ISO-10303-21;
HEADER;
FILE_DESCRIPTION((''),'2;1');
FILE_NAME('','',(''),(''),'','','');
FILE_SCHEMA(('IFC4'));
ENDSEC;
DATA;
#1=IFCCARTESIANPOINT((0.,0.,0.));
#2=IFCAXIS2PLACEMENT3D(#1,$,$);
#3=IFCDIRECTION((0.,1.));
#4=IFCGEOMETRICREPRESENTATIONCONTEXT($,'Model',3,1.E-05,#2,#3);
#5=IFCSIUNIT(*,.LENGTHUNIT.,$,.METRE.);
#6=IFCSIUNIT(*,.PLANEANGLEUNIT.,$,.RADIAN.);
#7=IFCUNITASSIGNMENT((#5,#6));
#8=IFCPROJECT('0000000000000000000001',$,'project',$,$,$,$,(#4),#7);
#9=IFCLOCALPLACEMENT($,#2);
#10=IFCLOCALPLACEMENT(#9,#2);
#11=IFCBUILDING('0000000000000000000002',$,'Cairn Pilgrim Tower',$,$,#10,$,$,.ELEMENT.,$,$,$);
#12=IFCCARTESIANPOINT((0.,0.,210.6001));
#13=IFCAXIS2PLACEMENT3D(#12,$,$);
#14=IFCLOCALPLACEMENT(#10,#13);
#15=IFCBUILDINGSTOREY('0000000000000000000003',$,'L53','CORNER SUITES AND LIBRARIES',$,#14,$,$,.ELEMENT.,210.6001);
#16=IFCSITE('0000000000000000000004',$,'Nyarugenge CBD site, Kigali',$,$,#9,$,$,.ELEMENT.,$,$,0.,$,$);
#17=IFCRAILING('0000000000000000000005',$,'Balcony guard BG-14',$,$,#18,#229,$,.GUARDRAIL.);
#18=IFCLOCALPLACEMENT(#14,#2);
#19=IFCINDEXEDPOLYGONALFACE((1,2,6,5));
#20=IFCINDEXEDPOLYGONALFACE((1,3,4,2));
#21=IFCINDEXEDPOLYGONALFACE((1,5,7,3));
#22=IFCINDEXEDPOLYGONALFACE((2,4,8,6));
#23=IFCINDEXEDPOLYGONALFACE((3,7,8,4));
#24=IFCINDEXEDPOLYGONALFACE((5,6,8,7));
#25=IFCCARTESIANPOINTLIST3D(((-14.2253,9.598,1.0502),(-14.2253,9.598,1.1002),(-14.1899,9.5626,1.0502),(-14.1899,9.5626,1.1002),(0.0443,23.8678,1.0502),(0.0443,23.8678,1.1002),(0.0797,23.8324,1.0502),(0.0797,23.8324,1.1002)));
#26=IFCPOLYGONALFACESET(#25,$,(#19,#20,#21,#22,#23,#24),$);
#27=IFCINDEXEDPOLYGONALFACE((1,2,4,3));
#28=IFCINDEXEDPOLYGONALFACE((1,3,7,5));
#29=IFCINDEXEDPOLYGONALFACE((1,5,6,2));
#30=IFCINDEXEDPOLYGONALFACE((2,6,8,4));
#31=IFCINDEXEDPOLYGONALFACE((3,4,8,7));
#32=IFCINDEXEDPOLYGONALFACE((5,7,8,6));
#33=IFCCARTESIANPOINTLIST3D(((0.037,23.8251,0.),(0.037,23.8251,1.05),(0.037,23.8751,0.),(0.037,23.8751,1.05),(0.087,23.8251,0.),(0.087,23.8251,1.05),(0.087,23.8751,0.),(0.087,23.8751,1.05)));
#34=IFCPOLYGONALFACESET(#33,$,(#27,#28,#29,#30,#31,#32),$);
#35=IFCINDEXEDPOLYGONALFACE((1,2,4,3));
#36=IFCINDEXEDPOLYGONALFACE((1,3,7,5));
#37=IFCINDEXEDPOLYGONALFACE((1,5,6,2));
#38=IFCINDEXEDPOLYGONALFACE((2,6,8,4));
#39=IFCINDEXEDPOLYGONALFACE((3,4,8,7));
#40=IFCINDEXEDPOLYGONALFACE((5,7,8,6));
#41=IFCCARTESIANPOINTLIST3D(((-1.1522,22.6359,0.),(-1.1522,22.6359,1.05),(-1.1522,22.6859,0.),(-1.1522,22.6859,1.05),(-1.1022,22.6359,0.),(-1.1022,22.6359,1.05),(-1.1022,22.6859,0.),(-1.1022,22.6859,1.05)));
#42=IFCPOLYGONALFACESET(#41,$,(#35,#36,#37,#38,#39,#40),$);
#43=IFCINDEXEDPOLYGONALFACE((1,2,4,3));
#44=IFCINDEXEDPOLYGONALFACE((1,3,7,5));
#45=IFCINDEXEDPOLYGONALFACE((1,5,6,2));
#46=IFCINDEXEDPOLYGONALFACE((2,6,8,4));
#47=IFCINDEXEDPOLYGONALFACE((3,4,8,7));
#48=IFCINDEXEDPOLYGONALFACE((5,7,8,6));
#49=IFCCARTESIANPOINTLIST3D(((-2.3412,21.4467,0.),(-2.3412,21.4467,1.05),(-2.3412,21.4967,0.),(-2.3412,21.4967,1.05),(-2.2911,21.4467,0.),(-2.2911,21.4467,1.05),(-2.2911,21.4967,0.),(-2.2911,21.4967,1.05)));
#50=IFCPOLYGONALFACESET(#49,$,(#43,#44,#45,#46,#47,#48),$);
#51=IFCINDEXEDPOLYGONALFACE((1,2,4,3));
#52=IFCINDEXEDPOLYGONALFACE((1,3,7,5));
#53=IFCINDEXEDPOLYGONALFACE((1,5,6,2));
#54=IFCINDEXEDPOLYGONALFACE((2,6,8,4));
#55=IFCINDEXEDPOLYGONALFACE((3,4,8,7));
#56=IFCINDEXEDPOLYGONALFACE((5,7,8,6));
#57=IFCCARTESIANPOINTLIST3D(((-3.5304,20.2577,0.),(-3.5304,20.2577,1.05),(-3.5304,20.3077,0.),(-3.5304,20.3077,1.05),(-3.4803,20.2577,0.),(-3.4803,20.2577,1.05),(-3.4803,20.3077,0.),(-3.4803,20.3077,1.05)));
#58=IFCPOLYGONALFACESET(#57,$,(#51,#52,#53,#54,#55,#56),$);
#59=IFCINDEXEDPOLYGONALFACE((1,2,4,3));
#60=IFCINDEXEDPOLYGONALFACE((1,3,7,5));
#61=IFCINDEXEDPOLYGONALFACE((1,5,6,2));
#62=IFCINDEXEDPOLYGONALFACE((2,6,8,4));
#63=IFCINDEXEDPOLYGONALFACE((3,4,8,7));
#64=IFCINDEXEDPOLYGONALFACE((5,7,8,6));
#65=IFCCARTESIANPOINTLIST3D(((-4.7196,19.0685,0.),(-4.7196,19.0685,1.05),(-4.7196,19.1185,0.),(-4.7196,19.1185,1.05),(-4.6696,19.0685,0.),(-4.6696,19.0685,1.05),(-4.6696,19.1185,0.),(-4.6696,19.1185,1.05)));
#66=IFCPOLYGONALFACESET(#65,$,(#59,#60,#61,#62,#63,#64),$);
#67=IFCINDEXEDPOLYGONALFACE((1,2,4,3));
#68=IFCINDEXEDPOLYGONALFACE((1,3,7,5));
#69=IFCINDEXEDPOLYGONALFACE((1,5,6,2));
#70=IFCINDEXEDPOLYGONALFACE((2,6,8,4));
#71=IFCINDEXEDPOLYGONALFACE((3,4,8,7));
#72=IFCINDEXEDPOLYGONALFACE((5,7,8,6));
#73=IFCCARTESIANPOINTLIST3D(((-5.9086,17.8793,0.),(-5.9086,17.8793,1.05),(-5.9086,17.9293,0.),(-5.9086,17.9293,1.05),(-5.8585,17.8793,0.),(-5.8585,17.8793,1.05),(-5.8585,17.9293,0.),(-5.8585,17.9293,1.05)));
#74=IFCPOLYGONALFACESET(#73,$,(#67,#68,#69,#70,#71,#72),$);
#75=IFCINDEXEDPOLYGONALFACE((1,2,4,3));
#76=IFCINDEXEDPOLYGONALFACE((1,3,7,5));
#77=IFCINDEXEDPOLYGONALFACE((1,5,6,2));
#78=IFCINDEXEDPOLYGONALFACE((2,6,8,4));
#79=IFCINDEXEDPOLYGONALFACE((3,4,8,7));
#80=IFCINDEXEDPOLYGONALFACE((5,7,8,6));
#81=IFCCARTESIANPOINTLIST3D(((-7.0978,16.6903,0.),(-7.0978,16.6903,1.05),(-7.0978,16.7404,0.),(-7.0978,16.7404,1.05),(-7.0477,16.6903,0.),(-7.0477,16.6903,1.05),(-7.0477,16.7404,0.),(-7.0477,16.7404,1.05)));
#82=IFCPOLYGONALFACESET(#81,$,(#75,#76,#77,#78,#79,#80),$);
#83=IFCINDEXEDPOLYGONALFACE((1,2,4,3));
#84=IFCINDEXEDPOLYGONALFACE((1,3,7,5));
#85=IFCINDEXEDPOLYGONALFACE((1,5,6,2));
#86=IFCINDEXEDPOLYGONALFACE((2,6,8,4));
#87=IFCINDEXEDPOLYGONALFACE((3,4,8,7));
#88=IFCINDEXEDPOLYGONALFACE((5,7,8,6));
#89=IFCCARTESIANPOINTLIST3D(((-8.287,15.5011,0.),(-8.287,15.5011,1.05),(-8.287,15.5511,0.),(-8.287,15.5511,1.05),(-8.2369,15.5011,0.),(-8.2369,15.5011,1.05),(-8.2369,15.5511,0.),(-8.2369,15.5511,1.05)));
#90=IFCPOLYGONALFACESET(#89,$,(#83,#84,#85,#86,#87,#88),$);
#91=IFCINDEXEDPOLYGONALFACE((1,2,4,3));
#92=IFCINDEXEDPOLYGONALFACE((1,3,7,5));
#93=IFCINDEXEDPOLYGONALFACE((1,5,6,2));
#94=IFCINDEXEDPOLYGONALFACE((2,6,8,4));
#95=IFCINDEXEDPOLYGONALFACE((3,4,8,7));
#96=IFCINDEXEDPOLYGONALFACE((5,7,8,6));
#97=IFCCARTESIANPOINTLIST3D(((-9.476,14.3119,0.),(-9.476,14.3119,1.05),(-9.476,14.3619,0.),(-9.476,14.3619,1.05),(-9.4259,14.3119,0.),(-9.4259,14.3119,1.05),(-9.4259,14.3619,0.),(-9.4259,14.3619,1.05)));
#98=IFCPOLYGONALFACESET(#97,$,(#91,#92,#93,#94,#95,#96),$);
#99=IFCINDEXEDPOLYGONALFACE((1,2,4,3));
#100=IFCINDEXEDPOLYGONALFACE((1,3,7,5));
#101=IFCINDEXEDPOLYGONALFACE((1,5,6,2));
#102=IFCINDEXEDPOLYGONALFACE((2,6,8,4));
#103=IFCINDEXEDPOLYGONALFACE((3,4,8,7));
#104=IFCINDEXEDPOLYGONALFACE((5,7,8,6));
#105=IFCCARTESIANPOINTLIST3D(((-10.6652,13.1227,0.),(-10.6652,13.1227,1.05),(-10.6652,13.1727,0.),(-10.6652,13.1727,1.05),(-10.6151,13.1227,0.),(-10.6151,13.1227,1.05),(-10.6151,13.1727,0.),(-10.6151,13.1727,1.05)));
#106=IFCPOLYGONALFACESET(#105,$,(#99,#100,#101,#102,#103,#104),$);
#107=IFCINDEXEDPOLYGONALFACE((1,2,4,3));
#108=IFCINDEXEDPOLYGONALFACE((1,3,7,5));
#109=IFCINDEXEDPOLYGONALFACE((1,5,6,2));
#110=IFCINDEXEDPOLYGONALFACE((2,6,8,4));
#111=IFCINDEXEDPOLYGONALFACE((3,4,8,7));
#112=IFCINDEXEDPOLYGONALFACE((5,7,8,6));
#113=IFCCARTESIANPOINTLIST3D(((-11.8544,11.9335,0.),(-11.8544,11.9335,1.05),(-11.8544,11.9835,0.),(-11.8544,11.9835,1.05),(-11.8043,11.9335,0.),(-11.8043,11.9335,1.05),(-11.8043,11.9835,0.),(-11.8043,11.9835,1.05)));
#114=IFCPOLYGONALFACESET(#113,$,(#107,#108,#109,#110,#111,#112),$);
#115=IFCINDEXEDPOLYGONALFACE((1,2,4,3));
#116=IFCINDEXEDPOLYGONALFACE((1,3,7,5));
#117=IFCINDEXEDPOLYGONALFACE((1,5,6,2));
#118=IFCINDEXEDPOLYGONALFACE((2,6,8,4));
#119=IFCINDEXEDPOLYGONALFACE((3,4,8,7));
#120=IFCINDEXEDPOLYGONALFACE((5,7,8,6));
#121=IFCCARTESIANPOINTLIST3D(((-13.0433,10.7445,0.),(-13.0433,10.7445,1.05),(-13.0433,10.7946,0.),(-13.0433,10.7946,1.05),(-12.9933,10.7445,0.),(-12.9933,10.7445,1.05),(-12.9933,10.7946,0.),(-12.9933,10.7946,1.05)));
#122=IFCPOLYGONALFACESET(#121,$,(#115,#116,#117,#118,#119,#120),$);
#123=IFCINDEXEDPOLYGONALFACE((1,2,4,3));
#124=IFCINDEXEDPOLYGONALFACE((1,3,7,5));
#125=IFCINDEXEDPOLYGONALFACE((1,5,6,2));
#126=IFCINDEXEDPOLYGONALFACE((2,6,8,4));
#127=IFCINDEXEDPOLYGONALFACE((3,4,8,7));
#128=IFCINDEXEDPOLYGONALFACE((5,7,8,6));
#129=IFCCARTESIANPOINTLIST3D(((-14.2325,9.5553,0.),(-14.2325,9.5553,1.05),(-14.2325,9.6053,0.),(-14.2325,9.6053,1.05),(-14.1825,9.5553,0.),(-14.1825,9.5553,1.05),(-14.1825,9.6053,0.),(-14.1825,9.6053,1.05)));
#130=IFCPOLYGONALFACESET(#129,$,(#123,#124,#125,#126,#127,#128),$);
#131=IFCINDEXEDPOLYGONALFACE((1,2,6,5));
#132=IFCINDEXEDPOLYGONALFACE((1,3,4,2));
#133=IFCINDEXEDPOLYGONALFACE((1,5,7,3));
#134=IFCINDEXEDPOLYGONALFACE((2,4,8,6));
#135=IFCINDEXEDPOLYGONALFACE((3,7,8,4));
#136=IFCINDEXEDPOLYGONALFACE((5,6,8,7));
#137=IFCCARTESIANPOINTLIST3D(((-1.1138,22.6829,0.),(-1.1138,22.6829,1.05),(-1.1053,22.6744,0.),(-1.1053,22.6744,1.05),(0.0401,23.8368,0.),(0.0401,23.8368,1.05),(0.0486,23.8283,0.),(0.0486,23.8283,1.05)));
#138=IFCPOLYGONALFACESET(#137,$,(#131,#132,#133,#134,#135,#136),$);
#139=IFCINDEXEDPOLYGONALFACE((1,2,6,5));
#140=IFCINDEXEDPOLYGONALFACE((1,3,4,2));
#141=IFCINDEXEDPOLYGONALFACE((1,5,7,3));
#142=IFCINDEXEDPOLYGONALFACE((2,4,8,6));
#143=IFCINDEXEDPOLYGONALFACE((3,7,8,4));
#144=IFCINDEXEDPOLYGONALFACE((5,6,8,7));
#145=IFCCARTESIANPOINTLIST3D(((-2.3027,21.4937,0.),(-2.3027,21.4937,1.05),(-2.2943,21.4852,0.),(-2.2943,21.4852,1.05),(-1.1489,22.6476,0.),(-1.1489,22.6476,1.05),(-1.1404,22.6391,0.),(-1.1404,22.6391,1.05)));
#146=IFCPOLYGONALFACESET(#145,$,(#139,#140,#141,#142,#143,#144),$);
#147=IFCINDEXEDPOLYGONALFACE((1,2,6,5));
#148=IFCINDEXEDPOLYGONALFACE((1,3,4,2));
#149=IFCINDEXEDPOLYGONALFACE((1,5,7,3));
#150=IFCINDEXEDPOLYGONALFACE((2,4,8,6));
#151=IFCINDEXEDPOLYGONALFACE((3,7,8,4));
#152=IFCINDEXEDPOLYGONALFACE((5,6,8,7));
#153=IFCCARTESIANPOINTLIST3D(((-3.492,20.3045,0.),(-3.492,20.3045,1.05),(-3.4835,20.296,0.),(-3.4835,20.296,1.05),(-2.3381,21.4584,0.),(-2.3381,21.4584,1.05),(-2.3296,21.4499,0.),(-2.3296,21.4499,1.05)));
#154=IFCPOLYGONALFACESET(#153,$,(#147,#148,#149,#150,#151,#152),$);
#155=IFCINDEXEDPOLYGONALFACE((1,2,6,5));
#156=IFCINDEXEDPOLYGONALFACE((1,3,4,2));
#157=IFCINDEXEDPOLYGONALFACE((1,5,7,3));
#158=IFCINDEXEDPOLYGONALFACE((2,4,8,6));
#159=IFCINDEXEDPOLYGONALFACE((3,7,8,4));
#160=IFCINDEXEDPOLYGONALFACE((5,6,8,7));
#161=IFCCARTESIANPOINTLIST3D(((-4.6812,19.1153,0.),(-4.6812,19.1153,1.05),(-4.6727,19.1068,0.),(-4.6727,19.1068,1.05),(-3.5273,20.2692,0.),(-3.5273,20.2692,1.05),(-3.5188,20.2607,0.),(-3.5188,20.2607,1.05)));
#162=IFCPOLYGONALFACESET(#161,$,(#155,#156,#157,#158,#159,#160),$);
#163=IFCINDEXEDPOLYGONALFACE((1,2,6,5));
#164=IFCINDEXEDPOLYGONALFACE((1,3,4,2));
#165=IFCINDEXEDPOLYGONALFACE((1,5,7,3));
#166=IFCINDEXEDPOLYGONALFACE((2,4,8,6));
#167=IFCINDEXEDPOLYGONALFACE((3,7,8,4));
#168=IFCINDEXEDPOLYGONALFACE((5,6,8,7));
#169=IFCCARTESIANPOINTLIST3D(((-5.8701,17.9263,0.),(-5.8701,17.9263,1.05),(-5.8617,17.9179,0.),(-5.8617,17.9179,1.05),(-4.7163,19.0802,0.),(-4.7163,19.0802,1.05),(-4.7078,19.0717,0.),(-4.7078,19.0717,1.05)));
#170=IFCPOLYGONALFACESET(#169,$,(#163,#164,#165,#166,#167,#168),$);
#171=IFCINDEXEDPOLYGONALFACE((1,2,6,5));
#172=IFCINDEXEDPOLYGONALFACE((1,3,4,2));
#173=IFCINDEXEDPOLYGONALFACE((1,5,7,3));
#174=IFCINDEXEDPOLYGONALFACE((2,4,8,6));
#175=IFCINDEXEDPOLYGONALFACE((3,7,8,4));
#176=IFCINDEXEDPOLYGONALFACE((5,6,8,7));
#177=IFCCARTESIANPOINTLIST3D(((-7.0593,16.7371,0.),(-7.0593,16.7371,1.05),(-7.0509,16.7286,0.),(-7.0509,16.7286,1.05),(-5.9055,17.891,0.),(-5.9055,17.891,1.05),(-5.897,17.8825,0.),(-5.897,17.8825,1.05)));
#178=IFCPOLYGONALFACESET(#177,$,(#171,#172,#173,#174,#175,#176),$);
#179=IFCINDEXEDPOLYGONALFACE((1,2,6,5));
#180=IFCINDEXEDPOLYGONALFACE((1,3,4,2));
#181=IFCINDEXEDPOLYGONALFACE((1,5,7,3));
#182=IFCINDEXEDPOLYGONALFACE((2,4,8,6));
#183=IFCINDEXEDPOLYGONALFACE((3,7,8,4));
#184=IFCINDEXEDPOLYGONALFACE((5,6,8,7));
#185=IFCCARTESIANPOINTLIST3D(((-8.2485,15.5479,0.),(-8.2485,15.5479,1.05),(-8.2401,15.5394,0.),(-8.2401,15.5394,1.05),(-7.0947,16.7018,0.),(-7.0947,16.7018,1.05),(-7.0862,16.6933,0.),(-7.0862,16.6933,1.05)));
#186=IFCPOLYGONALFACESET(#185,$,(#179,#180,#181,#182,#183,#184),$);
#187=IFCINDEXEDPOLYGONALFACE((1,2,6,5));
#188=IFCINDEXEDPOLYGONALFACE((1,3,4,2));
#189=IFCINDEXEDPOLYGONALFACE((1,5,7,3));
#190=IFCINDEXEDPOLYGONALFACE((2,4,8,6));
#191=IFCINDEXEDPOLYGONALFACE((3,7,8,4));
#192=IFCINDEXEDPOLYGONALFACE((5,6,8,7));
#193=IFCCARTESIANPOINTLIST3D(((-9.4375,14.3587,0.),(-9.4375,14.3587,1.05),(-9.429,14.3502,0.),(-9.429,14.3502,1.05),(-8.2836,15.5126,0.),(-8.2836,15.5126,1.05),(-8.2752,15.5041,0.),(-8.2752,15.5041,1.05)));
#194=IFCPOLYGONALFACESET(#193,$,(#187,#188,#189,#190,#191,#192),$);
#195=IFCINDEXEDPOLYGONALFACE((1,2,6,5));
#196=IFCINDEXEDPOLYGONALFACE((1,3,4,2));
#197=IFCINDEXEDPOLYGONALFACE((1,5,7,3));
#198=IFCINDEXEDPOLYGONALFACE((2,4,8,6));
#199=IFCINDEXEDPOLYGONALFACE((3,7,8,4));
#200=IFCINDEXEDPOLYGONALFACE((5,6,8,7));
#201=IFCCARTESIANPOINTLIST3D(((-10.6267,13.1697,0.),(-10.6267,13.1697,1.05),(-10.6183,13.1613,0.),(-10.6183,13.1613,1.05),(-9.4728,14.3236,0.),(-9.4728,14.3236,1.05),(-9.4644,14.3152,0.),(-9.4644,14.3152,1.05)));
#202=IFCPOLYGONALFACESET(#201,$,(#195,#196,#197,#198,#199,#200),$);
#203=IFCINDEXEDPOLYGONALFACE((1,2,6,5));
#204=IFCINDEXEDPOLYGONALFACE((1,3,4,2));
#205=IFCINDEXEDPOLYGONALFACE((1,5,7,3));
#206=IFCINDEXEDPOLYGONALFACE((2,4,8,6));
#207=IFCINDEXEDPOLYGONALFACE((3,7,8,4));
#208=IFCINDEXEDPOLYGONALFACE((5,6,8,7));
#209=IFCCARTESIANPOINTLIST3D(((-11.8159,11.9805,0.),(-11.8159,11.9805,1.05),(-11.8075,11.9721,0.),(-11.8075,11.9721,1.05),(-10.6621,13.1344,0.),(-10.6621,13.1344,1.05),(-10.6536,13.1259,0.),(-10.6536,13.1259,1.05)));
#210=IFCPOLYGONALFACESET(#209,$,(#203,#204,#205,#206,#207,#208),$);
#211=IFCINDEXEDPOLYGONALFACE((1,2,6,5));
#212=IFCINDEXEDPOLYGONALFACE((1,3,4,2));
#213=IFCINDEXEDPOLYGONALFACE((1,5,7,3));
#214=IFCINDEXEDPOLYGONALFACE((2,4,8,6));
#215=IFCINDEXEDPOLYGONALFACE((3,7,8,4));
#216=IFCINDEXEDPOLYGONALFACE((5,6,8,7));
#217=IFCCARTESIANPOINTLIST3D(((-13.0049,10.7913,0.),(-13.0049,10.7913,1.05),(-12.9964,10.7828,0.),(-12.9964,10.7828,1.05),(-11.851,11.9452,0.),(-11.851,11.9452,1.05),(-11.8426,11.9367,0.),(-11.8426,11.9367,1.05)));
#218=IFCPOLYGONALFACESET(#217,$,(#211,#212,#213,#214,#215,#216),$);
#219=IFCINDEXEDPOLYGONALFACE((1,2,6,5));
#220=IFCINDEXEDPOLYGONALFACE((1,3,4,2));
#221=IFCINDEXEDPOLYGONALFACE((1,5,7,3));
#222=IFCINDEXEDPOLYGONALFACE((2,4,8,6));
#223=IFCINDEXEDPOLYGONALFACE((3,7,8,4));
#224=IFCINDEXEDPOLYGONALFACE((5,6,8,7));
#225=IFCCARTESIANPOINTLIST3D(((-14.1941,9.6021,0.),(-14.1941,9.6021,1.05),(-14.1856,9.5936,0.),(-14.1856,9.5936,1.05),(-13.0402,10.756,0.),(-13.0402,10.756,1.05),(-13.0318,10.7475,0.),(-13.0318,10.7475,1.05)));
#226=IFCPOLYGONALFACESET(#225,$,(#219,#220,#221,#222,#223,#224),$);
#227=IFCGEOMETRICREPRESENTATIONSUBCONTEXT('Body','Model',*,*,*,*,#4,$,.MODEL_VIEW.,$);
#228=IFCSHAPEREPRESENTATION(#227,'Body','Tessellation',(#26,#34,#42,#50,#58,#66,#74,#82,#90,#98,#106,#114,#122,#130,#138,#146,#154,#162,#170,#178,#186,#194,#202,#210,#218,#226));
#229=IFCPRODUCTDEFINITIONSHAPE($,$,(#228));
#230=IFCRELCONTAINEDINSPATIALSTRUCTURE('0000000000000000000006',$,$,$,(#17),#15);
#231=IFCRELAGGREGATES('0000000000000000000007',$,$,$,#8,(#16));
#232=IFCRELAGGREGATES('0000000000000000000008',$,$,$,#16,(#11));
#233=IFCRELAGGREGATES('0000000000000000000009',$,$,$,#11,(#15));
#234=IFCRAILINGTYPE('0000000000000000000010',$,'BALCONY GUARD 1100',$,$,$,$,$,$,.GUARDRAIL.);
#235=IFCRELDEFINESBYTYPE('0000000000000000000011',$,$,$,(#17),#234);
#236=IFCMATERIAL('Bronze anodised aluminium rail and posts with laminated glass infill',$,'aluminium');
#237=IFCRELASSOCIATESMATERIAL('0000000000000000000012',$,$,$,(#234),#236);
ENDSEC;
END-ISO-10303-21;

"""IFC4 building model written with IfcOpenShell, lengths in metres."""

from ifc_helpers import new_model, si_unit, direction, frame, origin, origin_2d, place, context, subcontext, project, spatial, polyline, rectangle, outline, extrude, material, type_object, element, save


model = new_model("IFC4")

# Units and contexts
model_context = context("Model", 3, precision=1e-05, world=origin(), true_north=direction((0.0, 1.0)))
body_context = subcontext(model_context, "Body", "Model", "MODEL_VIEW")
ifc_project = project(units=[si_unit("LENGTHUNIT", "METRE"), si_unit("PLANEANGLEUNIT", "RADIAN")], contexts=[model_context])

# Site, building, storey
site_placement = place(None, origin())
site = spatial("IfcSite", under=ifc_project, at=site_placement, Name="Nyarugenge CBD site, Kigali", CompositionType="ELEMENT", RefElevation=0.0)
building_placement = place(site_placement, origin())
building = spatial("IfcBuilding", under=site, at=building_placement, Name="Cairn Pilgrim Tower", CompositionType="ELEMENT")
storey_placement = place(building_placement, frame((0.0, 0.0, 210.6001)))
storey = spatial("IfcBuildingStorey", under=building, at=storey_placement, Name="L53", Description="CORNER SUITES AND LIBRARIES", CompositionType="ELEMENT", Elevation=210.6001)

# Railing
ifc_material_1 = material(Name="Bronze anodised aluminium rail and posts with laminated glass infill", Category="aluminium")
railing_type_1 = type_object("IfcRailingType", Name="BALCONY GUARD 1100", PredefinedType="GUARDRAIL", material=ifc_material_1)
railing_1_placement = place(storey_placement, frame((0.062, 23.8501, 0.0)))
element("IfcRailing", 1, at=railing_1_placement, inside=storey, type_object=railing_type_1, Name="Balcony guard BG-14", PredefinedType="GUARDRAIL", context=body_context, shape_type="SweptSolid", body=[
    extrude(rectangle(XDim=0.05, YDim=0.05, at=origin_2d()), frame((0.0, 0.0, 1.0752), z_axis=(-0.707101, -0.707113, 0.0), x_axis=(0.707113, -0.707101, 0.0)), (0.0, 0.0, 1.0), 20.1804),
    extrude(rectangle(XDim=0.05, YDim=0.05, at=origin_2d()), origin(), (0.0, 0.0, 1.0), 1.05),
    extrude(rectangle(XDim=0.05, YDim=0.05, at=origin_2d()), frame((-1.1892, -1.1892, 0.0)), (0.0, 0.0, 1.0), 1.05),
    extrude(rectangle(XDim=0.05, YDim=0.05, at=origin_2d()), frame((-2.3782, -2.3784, 0.0)), (0.0, 0.0, 1.0), 1.05),
    extrude(rectangle(XDim=0.05, YDim=0.05, at=origin_2d()), frame((-3.5674, -3.5674, 0.0)), (0.0, 0.0, 1.0), 1.05),
    extrude(rectangle(XDim=0.05, YDim=0.05, at=origin_2d()), frame((-4.7566, -4.7566, 0.0)), (0.0, 0.0, 1.0), 1.05),
    extrude(rectangle(XDim=0.05, YDim=0.05, at=origin_2d()), frame((-5.9456, -5.9458, 0.0)), (0.0, 0.0, 1.0), 1.05),
    extrude(rectangle(XDim=0.05, YDim=0.05, at=origin_2d()), frame((-7.1348, -7.1348, 0.0)), (0.0, 0.0, 1.0), 1.05),
    extrude(rectangle(XDim=0.05, YDim=0.05, at=origin_2d()), frame((-8.324, -8.324, 0.0)), (0.0, 0.0, 1.0), 1.05),
    extrude(rectangle(XDim=0.05, YDim=0.05, at=origin_2d()), frame((-9.5129, -9.5132, 0.0)), (0.0, 0.0, 1.0), 1.05),
    extrude(rectangle(XDim=0.05, YDim=0.05, at=origin_2d()), frame((-10.7021, -10.7024, 0.0)), (0.0, 0.0, 1.0), 1.05),
    extrude(rectangle(XDim=0.05, YDim=0.05, at=origin_2d()), frame((-11.8914, -11.8916, 0.0)), (0.0, 0.0, 1.0), 1.05),
    extrude(rectangle(XDim=0.05, YDim=0.05, at=origin_2d()), frame((-13.0803, -13.0806, 0.0)), (0.0, 0.0, 1.0), 1.05),
    extrude(rectangle(XDim=0.05, YDim=0.05, at=origin_2d()), frame((-14.2695, -14.2698, 0.0)), (0.0, 0.0, 1.0), 1.05),
    extrude(outline(polyline([(0.0249, 0.0), (1.6567, 0.0), (1.6567, 1.05), (0.0249, 1.05), (0.0249, 0.0)])), frame((0.0042, -0.0042, 0.0), z_axis=(-0.707113, 0.707101, 0.0), x_axis=(-0.707101, -0.707113, 0.0)), (0.0, 0.0, 1.0), 0.012),
    extrude(outline(polyline([(0.0249, 0.0), (1.6567, 0.0), (1.6567, 1.05), (0.0249, 1.05), (0.0249, 0.0)])), frame((-1.1848, -1.1934, 0.0), z_axis=(-0.707113, 0.707101, 0.0), x_axis=(-0.707101, -0.707113, 0.0)), (0.0, 0.0, 1.0), 0.012),
    extrude(outline(polyline([(0.0249, 0.0), (1.6567, 0.0), (1.6567, 1.05), (0.0249, 1.05), (0.0249, 0.0)])), frame((-2.374, -2.3826, 0.0), z_axis=(-0.707113, 0.707101, 0.0), x_axis=(-0.707101, -0.707113, 0.0)), (0.0, 0.0, 1.0), 0.012),
    extrude(outline(polyline([(0.0249, 0.0), (1.6567, 0.0), (1.6567, 1.05), (0.0249, 1.05), (0.0249, 0.0)])), frame((-3.5632, -3.5718, 0.0), z_axis=(-0.707113, 0.707101, 0.0), x_axis=(-0.707101, -0.707113, 0.0)), (0.0, 0.0, 1.0), 0.012),
    extrude(outline(polyline([(0.0249, 0.0), (1.6567, 0.0), (1.6567, 1.05), (0.0249, 1.05), (0.0249, 0.0)])), frame((-4.7522, -4.7607, 0.0), z_axis=(-0.707113, 0.707101, 0.0), x_axis=(-0.707101, -0.707113, 0.0)), (0.0, 0.0, 1.0), 0.012),
    extrude(outline(polyline([(0.0249, 0.0), (1.6567, 0.0), (1.6567, 1.05), (0.0249, 1.05), (0.0249, 0.0)])), frame((-5.9414, -5.95, 0.0), z_axis=(-0.707113, 0.707101, 0.0), x_axis=(-0.707101, -0.707113, 0.0)), (0.0, 0.0, 1.0), 0.012),
    extrude(outline(polyline([(0.0249, 0.0), (1.6567, 0.0), (1.6567, 1.05), (0.0249, 1.05), (0.0249, 0.0)])), frame((-7.1306, -7.1392, 0.0), z_axis=(-0.707113, 0.707101, 0.0), x_axis=(-0.707101, -0.707113, 0.0)), (0.0, 0.0, 1.0), 0.012),
    extrude(outline(polyline([(0.0249, 0.0), (1.6567, 0.0), (1.6567, 1.05), (0.0249, 1.05), (0.0249, 0.0)])), frame((-8.3196, -8.3284, 0.0), z_axis=(-0.707113, 0.707101, 0.0), x_axis=(-0.707101, -0.707113, 0.0)), (0.0, 0.0, 1.0), 0.012),
    extrude(outline(polyline([(0.0249, 0.0), (1.6567, 0.0), (1.6567, 1.05), (0.0249, 1.05), (0.0249, 0.0)])), frame((-9.5088, -9.5173, 0.0), z_axis=(-0.707113, 0.707101, 0.0), x_axis=(-0.707101, -0.707113, 0.0)), (0.0, 0.0, 1.0), 0.012),
    extrude(outline(polyline([(0.0249, 0.0), (1.6567, 0.0), (1.6567, 1.05), (0.0249, 1.05), (0.0249, 0.0)])), frame((-10.698, -10.7065, 0.0), z_axis=(-0.707113, 0.707101, 0.0), x_axis=(-0.707101, -0.707113, 0.0)), (0.0, 0.0, 1.0), 0.012),
    extrude(outline(polyline([(0.0249, 0.0), (1.6567, 0.0), (1.6567, 1.05), (0.0249, 1.05), (0.0249, 0.0)])), frame((-11.887, -11.8958, 0.0), z_axis=(-0.707113, 0.707101, 0.0), x_axis=(-0.707101, -0.707113, 0.0)), (0.0, 0.0, 1.0), 0.012),
    extrude(outline(polyline([(0.0249, 0.0), (1.6567, 0.0), (1.6567, 1.05), (0.0249, 1.05), (0.0249, 0.0)])), frame((-13.0762, -13.085, 0.0), z_axis=(-0.707113, 0.707101, 0.0), x_axis=(-0.707101, -0.707113, 0.0)), (0.0, 0.0, 1.0), 0.012),
])

save(model, "model.ifc")
